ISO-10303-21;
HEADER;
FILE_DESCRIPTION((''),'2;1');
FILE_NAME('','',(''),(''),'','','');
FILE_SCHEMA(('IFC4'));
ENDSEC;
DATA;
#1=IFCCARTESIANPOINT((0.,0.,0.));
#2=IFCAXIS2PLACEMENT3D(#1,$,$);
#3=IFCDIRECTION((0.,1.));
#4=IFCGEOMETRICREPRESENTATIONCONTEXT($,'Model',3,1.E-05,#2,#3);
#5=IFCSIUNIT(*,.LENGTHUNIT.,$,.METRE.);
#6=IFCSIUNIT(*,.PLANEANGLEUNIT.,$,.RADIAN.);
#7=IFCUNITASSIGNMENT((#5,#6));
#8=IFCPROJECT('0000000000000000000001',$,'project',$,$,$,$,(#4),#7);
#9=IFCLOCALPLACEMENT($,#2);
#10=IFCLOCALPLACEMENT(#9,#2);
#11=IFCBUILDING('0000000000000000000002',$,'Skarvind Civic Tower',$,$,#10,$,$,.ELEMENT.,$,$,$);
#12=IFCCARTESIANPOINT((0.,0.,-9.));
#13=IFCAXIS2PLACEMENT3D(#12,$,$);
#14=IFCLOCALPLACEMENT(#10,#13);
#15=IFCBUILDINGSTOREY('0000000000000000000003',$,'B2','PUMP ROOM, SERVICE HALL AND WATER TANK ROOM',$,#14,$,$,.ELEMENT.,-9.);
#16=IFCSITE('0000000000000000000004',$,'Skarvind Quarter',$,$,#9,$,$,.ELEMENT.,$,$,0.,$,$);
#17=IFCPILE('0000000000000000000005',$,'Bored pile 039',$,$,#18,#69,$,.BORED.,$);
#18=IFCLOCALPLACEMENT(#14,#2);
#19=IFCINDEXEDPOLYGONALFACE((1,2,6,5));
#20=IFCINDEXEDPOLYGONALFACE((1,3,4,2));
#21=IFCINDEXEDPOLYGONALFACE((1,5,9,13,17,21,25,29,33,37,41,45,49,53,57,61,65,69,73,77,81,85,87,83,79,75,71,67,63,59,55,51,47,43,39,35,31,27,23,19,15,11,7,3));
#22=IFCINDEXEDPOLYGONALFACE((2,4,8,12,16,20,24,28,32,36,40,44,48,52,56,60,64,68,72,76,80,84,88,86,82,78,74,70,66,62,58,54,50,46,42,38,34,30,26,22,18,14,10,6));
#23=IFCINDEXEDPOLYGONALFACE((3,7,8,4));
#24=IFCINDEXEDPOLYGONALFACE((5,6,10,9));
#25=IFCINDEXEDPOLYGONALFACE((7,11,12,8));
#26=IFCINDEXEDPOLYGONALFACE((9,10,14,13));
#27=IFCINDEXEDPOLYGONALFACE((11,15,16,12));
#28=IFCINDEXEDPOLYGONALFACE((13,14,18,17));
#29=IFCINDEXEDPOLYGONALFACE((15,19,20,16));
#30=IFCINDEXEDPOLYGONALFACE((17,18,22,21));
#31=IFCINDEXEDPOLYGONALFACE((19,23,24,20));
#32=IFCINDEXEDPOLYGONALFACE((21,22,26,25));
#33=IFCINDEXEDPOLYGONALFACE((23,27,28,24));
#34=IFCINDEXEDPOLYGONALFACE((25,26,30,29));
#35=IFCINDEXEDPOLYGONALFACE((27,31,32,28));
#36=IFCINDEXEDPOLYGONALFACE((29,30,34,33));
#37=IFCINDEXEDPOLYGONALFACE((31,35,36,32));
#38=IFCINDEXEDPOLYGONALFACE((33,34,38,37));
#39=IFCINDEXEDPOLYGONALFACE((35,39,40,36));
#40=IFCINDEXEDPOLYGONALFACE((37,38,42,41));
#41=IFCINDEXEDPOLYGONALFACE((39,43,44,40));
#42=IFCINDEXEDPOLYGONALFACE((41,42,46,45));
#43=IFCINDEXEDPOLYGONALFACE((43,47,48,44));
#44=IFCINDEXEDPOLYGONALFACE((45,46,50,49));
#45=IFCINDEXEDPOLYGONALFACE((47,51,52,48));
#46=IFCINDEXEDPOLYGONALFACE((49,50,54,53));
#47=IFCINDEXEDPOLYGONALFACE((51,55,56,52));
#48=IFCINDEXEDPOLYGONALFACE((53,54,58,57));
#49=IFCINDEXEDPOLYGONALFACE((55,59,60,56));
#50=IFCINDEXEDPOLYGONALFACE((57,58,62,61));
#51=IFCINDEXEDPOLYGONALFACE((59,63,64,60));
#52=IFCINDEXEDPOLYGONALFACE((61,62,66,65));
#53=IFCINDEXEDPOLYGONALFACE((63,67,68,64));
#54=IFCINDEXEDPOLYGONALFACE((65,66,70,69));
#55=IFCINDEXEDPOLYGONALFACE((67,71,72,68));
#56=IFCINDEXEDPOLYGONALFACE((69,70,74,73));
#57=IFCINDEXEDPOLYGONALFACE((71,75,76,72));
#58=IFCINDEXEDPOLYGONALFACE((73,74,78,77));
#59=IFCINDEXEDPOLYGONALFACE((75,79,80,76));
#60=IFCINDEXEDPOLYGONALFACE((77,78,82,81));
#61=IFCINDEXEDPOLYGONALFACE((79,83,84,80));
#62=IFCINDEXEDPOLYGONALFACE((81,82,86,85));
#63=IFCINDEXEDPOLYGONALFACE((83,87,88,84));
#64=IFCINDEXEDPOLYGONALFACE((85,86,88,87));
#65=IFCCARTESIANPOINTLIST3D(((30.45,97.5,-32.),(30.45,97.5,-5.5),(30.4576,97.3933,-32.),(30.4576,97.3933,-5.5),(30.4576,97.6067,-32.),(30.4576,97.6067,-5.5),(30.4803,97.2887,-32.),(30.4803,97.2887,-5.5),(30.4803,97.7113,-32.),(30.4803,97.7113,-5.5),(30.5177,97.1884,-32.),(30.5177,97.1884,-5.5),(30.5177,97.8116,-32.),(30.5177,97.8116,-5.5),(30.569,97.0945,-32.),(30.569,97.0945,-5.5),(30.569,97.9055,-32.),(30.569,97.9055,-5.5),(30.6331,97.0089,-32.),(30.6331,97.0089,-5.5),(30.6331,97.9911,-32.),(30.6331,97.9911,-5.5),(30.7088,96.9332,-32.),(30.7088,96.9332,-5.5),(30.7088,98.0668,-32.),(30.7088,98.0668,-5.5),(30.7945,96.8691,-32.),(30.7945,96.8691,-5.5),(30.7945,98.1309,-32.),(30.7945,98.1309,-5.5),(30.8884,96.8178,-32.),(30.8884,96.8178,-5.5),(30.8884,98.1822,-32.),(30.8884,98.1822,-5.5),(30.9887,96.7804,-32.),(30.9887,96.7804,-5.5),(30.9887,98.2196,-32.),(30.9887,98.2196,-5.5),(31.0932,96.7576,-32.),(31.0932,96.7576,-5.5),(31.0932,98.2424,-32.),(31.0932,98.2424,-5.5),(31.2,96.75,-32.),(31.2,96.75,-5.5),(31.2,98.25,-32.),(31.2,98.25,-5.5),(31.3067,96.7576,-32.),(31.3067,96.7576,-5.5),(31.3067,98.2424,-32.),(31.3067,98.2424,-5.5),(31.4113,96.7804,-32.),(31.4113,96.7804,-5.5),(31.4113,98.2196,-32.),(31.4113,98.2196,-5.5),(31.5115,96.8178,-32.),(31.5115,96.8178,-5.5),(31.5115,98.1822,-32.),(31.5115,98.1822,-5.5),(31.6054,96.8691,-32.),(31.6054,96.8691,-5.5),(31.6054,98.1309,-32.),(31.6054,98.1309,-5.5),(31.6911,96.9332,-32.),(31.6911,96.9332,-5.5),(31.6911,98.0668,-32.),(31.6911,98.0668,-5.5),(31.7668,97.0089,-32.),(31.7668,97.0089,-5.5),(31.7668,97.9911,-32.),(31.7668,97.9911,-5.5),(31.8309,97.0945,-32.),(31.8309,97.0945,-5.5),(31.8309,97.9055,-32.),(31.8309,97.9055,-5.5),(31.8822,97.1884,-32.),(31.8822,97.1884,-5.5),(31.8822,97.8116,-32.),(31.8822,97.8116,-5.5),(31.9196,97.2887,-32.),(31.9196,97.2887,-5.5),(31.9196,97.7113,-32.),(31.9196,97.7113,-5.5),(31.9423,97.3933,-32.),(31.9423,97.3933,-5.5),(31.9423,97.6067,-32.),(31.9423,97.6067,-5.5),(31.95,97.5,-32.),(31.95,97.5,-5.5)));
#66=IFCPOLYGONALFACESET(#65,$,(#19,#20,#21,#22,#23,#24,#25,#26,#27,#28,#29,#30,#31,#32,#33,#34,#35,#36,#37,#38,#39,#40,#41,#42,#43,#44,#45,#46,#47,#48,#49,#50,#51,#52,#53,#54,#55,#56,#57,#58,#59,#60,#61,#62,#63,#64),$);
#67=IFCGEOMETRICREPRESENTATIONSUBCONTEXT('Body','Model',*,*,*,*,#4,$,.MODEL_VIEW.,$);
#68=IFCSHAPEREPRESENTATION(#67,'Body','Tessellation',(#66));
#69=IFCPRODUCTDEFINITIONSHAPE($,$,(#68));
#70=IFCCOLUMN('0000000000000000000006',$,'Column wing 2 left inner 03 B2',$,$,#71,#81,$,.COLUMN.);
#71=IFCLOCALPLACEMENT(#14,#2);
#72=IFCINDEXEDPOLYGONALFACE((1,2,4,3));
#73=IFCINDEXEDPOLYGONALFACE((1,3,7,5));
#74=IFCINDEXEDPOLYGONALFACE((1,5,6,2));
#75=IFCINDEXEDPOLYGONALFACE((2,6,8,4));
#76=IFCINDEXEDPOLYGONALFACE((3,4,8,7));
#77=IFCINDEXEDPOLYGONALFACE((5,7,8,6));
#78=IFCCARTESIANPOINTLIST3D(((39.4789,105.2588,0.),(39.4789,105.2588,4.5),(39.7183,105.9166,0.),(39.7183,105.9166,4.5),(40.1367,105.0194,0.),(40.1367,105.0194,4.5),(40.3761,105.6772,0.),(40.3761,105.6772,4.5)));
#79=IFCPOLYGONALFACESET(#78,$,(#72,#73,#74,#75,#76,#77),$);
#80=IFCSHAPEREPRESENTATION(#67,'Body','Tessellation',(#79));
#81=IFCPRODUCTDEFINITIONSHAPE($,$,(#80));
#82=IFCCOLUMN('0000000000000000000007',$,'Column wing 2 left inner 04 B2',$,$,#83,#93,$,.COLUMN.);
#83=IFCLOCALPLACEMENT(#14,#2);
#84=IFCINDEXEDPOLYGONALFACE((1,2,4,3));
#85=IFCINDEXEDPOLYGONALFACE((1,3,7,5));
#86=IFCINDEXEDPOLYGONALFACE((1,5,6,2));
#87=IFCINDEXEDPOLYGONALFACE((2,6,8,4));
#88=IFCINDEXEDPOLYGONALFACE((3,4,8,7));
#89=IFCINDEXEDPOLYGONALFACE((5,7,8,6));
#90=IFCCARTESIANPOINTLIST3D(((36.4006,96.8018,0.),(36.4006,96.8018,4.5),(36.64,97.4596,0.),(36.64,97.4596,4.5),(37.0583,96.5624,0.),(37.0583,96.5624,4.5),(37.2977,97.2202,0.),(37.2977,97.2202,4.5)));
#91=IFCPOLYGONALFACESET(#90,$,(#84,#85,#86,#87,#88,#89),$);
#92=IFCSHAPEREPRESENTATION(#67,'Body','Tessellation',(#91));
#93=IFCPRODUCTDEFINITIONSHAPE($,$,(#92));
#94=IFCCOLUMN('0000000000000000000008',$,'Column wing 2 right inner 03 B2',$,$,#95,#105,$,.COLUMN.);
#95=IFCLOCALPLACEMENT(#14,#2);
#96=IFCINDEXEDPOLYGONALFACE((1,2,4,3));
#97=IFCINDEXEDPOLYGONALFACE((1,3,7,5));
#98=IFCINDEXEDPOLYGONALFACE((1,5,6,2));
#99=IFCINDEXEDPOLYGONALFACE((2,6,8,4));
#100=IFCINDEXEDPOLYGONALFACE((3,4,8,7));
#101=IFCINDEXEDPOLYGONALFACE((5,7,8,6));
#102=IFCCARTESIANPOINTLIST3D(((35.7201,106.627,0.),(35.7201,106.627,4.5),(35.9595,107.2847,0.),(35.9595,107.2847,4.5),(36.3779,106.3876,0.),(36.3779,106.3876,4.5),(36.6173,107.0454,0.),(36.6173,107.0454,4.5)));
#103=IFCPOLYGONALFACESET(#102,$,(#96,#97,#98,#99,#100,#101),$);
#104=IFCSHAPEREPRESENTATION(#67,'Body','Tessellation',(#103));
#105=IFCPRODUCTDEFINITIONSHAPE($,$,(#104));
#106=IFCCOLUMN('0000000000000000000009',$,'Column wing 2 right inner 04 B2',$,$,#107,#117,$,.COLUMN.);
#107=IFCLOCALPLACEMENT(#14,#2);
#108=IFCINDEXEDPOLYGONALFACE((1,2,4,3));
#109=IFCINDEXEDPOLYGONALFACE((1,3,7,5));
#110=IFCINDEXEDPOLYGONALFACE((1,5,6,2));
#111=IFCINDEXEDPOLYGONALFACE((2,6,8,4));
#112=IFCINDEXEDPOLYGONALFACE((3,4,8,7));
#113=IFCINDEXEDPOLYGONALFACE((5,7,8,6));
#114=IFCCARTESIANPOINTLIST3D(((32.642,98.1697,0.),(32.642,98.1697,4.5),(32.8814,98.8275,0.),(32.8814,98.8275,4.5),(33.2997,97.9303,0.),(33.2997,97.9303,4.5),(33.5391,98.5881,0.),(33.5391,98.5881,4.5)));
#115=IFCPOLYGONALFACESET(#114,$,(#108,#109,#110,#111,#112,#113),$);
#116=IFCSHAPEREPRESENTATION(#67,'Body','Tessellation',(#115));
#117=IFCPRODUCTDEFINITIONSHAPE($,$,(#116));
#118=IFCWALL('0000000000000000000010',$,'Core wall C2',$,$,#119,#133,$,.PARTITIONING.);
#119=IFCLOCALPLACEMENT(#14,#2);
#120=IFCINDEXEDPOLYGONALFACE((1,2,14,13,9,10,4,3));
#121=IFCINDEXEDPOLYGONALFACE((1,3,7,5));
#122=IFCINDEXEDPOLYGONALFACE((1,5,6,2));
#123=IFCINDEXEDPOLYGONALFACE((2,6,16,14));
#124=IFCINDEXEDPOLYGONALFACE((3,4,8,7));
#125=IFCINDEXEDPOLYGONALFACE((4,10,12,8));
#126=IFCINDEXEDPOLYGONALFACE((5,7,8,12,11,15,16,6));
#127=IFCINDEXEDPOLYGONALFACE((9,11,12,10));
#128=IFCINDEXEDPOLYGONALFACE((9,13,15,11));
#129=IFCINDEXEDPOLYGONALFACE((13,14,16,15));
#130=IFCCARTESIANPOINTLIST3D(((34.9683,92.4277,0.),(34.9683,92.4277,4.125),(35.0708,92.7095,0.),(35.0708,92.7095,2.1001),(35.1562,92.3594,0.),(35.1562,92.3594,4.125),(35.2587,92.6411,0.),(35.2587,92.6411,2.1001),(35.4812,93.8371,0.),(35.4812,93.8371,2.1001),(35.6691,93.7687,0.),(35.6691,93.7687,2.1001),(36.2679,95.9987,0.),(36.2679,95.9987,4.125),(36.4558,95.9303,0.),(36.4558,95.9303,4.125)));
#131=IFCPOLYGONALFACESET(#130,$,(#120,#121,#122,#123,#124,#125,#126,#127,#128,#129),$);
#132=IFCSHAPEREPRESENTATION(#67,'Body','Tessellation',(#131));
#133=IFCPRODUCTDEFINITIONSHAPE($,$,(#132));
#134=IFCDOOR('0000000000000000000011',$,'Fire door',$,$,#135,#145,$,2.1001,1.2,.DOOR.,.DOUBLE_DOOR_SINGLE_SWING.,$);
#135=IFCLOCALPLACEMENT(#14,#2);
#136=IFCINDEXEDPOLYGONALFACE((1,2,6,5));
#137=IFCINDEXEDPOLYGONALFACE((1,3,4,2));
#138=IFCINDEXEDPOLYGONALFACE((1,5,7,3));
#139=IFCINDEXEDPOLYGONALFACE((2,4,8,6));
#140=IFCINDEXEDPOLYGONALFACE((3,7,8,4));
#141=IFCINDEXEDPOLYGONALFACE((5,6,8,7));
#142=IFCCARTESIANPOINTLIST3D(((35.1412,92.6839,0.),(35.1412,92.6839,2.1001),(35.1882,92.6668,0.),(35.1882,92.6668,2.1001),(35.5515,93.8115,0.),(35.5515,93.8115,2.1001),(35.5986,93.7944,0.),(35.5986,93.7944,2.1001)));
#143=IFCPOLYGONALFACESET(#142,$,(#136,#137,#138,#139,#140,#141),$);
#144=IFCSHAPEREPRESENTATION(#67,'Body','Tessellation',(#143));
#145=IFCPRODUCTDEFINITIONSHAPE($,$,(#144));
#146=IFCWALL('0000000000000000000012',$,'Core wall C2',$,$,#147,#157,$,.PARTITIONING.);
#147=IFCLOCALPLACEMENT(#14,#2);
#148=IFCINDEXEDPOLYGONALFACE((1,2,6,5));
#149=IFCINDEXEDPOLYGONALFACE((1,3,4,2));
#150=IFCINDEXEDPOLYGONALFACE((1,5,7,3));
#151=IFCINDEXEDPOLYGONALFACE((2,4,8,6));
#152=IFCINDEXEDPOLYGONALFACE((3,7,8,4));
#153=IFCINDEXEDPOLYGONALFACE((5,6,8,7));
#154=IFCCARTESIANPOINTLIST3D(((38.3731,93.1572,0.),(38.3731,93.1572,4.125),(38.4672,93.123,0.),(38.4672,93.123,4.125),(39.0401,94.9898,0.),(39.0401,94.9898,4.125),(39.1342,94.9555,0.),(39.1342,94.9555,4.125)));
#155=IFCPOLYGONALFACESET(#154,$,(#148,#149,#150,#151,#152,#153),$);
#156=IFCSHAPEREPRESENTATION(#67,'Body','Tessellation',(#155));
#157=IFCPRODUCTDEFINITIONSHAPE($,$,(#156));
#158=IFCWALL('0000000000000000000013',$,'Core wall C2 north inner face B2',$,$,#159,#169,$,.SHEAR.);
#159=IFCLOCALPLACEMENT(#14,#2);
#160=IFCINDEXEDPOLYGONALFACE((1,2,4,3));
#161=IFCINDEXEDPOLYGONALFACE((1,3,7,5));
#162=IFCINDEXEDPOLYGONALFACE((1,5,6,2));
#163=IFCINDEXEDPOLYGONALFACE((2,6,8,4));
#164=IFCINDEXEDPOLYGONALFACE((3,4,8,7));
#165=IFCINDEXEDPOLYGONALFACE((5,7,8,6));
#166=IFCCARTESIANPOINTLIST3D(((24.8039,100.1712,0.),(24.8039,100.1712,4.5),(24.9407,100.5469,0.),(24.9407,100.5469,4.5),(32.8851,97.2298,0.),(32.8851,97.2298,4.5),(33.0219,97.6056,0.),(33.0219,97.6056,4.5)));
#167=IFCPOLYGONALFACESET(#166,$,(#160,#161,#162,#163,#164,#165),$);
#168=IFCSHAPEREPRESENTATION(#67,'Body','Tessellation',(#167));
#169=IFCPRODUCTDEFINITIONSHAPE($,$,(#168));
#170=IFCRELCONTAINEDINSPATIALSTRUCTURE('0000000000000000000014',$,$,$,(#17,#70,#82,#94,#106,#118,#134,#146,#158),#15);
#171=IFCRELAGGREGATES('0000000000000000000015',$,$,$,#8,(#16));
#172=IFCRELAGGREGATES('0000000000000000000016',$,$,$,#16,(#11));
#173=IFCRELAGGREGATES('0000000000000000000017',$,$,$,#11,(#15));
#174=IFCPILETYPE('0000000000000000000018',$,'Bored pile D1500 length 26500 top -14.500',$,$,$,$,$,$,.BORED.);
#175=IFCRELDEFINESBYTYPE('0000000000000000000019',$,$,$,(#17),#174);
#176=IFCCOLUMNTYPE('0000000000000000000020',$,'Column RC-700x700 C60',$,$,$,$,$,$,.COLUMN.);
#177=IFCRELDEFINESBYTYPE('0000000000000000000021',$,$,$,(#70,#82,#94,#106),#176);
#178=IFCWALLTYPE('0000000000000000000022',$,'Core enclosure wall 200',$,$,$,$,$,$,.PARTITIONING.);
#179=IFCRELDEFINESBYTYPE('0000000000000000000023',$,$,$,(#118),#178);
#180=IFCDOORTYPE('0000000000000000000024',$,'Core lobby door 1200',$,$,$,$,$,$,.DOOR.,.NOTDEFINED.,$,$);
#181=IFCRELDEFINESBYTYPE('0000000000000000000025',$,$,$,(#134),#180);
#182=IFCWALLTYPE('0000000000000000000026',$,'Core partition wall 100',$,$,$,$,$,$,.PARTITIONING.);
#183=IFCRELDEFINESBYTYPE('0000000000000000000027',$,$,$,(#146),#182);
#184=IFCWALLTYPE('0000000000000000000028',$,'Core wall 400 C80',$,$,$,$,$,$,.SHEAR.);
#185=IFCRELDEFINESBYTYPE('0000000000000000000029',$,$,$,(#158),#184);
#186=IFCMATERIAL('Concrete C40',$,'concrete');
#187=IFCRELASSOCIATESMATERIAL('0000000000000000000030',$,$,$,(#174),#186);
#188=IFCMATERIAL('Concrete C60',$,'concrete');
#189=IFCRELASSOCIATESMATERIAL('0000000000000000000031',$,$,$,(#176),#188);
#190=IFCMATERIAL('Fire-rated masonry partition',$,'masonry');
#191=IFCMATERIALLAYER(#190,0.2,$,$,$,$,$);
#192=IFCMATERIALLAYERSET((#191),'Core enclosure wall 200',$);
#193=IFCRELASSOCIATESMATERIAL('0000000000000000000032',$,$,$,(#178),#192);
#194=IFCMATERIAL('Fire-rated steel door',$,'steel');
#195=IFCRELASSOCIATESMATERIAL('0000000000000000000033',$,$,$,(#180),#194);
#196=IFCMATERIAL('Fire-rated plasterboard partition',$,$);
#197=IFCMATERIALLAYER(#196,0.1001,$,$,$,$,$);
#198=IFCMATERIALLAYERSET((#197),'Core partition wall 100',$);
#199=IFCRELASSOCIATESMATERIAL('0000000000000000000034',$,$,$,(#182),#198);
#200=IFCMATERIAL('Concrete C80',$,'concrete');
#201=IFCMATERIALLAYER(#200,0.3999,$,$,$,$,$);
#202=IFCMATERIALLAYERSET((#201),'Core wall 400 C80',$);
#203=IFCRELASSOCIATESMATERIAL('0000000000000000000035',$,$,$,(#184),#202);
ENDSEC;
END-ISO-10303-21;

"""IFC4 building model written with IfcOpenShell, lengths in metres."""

from ifc_helpers import new_model, si_unit, direction, frame, frame_2d, origin, origin_2d, place, context, subcontext, project, spatial, rectangle, circle, extrude, material, layer, layer_set, material_profile, profile_set, type_object, element, fill, save


model = new_model("IFC4")

# Units and contexts
model_context = context("Model", 3, precision=1e-05, world=origin(), true_north=direction((0.0, 1.0)))
body_context = subcontext(model_context, "Body", "Model", "MODEL_VIEW")
ifc_project = project(units=[si_unit("LENGTHUNIT", "METRE"), si_unit("PLANEANGLEUNIT", "RADIAN")], contexts=[model_context])

# Site, building, storey
site_placement = place(None, origin())
site = spatial("IfcSite", under=ifc_project, at=site_placement, Name="Skarvind Quarter", CompositionType="ELEMENT", RefElevation=0.0)
building_placement = place(site_placement, origin())
building = spatial("IfcBuilding", under=site, at=building_placement, Name="Skarvind Civic Tower", CompositionType="ELEMENT")
storey_placement = place(building_placement, frame((0.0, 0.0, -9.0)))
storey = spatial("IfcBuildingStorey", under=building, at=storey_placement, Name="B2", Description="PUMP ROOM, SERVICE HALL AND WATER TANK ROOM", CompositionType="ELEMENT", Elevation=-9.0)

# Pile
ifc_material_1 = material(Name="Concrete C40", Category="concrete")
pile_type_1 = type_object("IfcPileType", Name="Bored pile D1500 length 26500 top -14.500", PredefinedType="BORED", material=ifc_material_1)
pile_placement = place(storey_placement, frame((31.2, 97.5, -5.5), z_axis=(0.0, 0.0, -1.0), x_axis=(1.0, 0.0, 0.0)))
element("IfcPile", 1, at=pile_placement, inside=storey, type_object=pile_type_1, Name="Bored pile 039", PredefinedType="BORED", context=body_context, shape_type="SweptSolid", body=[
    extrude(circle(Radius=0.75, at=origin_2d()), origin(), (0.0, 0.0, 1.0), 26.5),
])

# Columns
ifc_material_2 = material(Name="Concrete C60", Category="concrete")
ifc_material_profile = material_profile(ifc_material_2, rectangle(XDim=0.7, YDim=0.7, at=origin_2d()), Name="RC-700x700")
ifc_profile_set = profile_set([ifc_material_profile], Name="Concrete C60")
column_type = type_object("IfcColumnType", Name="Column RC-700x700 C60", PredefinedType="COLUMN", material=ifc_profile_set)
for number, where, z_axis, x_axis, name in (
    (2, (39.9275, 105.468, 0.0), (0.0, 0.0, 1.0), (-0.34202, -0.939693, 0.0), "Column wing 2 left inner 03 B2"),
    (3, (36.8491, 97.011, 0.0), (0.0, 0.0, 1.0), (-0.34202, -0.939693, 0.0), "Column wing 2 left inner 04 B2"),
    (4, (36.1687, 106.8362, 0.0), (0.0, 0.0, 1.0), (-0.34202, -0.939693, 0.0), "Column wing 2 right inner 03 B2"),
    (5, (33.0906, 98.3789, 0.0), (0.0, 0.0, 1.0), (-0.34202, -0.939693, 0.0), "Column wing 2 right inner 04 B2"),
):
    element("IfcColumn", number, at=place(storey_placement, frame(where, z_axis=z_axis, x_axis=x_axis)), inside=storey, type_object=column_type, Name=name, PredefinedType="COLUMN", context=body_context, shape_type="SweptSolid", body=[
        extrude(rectangle(XDim=0.7, YDim=0.7, at=origin_2d()), origin(), (0.0, 0.0, 1.0), 4.5),
    ])

# Wall, opening, door
ifc_material_3 = material(Name="Fire-rated masonry partition", Category="masonry")
ifc_layer_1 = layer(ifc_material_3, 0.2)
ifc_layer_set_1 = layer_set([ifc_layer_1], Name="Core enclosure wall 200")
wall_type_1 = type_object("IfcWallType", Name="Core enclosure wall 200", PredefinedType="PARTITIONING", material=ifc_layer_set_1)
wall_1_placement = place(storey_placement, frame((36.3618, 95.9644, 0.0), z_axis=(0.0, 0.0, 1.0), x_axis=(-0.341996, -0.939701, 0.0)))
wall_1 = element("IfcWall", 6, at=wall_1_placement, inside=storey, type_object=wall_type_1, Name="Core wall C2", PredefinedType="PARTITIONING", context=body_context, shape_type="SweptSolid", body=[
    extrude(rectangle(XDim=3.8, YDim=0.2, at=frame_2d((1.8999, 0.0))), origin(), (0.0, 0.0, 1.0), 4.125),
])
opening_1_placement = place(wall_1_placement, frame((2.3, 0.0, 0.0)))
opening_1 = element("IfcOpeningElement", 7, at=opening_1_placement, cuts=wall_1, PredefinedType="OPENING", context=body_context, shape_type="SweptSolid", body=[
    extrude(rectangle(XDim=1.2, YDim=2.1001, at=frame_2d((0.6001, 1.05))), frame((0.0, 0.1099, 0.0), z_axis=(0.0, -1.0, 0.0), x_axis=(1.0, 0.0, 0.0)), (0.0, 0.0, 1.0), 0.22),
])
ifc_material_4 = material(Name="Fire-rated steel door", Category="steel")
door_type_1 = type_object("IfcDoorType", Name="Core lobby door 1200", OperationType="NOTDEFINED", PredefinedType="DOOR", material=ifc_material_4)
door_1_placement = place(opening_1_placement, origin())
door_1 = element("IfcDoor", 8, at=door_1_placement, inside=storey, type_object=door_type_1, Name="Fire door", OperationType="DOUBLE_DOOR_SINGLE_SWING", OverallHeight=2.1001, OverallWidth=1.2, PredefinedType="DOOR", context=body_context, shape_type="SweptSolid", body=[
    extrude(rectangle(XDim=1.2, YDim=2.1001, at=frame_2d((0.6001, 1.05))), frame((0.0, 0.0249, 0.0), z_axis=(0.0, -1.0, 0.0), x_axis=(1.0, 0.0, 0.0)), (0.0, 0.0, 1.0), 0.05),
])
fill(opening_1, door_1)

# Walls
ifc_material_5 = material(Name="Fire-rated plasterboard partition")
ifc_layer_2 = layer(ifc_material_5, 0.1001)
ifc_layer_set_2 = layer_set([ifc_layer_2], Name="Core partition wall 100")
wall_type_2 = type_object("IfcWallType", Name="Core partition wall 100", PredefinedType="PARTITIONING", material=ifc_layer_set_2)
wall_2_placement = place(storey_placement, frame((39.0872, 94.9727, 0.0), z_axis=(0.0, 0.0, 1.0), x_axis=(-0.342025, -0.939691, 0.0)))
element("IfcWall", 9, at=wall_2_placement, inside=storey, type_object=wall_type_2, Name="Core wall C2", PredefinedType="PARTITIONING", context=body_context, shape_type="SweptSolid", body=[
    extrude(rectangle(XDim=1.9502, YDim=0.1001, at=frame_2d((0.9751, 0.0))), origin(), (0.0, 0.0, 1.0), 4.125),
])
ifc_material_6 = material(Name="Concrete C80", Category="concrete")
ifc_layer_3 = layer(ifc_material_6, 0.3999)
ifc_layer_set_3 = layer_set([ifc_layer_3], Name="Core wall 400 C80")
wall_type_3 = type_object("IfcWallType", Name="Core wall 400 C80", PredefinedType="SHEAR", material=ifc_layer_set_3)
wall_3_placement = place(storey_placement, frame((32.9534, 97.4177, 0.0), z_axis=(0.0, 0.0, 1.0), x_axis=(-0.939691, 0.342026, 0.0)))
element("IfcWall", 10, at=wall_3_placement, inside=storey, type_object=wall_type_3, Name="Core wall C2 north inner face B2", PredefinedType="SHEAR", context=body_context, shape_type="SweptSolid", body=[
    extrude(rectangle(XDim=8.5999, YDim=0.3999, at=frame_2d((4.2998, 0.0))), origin(), (0.0, 0.0, 1.0), 4.5),
])

save(model, "model.ifc")
